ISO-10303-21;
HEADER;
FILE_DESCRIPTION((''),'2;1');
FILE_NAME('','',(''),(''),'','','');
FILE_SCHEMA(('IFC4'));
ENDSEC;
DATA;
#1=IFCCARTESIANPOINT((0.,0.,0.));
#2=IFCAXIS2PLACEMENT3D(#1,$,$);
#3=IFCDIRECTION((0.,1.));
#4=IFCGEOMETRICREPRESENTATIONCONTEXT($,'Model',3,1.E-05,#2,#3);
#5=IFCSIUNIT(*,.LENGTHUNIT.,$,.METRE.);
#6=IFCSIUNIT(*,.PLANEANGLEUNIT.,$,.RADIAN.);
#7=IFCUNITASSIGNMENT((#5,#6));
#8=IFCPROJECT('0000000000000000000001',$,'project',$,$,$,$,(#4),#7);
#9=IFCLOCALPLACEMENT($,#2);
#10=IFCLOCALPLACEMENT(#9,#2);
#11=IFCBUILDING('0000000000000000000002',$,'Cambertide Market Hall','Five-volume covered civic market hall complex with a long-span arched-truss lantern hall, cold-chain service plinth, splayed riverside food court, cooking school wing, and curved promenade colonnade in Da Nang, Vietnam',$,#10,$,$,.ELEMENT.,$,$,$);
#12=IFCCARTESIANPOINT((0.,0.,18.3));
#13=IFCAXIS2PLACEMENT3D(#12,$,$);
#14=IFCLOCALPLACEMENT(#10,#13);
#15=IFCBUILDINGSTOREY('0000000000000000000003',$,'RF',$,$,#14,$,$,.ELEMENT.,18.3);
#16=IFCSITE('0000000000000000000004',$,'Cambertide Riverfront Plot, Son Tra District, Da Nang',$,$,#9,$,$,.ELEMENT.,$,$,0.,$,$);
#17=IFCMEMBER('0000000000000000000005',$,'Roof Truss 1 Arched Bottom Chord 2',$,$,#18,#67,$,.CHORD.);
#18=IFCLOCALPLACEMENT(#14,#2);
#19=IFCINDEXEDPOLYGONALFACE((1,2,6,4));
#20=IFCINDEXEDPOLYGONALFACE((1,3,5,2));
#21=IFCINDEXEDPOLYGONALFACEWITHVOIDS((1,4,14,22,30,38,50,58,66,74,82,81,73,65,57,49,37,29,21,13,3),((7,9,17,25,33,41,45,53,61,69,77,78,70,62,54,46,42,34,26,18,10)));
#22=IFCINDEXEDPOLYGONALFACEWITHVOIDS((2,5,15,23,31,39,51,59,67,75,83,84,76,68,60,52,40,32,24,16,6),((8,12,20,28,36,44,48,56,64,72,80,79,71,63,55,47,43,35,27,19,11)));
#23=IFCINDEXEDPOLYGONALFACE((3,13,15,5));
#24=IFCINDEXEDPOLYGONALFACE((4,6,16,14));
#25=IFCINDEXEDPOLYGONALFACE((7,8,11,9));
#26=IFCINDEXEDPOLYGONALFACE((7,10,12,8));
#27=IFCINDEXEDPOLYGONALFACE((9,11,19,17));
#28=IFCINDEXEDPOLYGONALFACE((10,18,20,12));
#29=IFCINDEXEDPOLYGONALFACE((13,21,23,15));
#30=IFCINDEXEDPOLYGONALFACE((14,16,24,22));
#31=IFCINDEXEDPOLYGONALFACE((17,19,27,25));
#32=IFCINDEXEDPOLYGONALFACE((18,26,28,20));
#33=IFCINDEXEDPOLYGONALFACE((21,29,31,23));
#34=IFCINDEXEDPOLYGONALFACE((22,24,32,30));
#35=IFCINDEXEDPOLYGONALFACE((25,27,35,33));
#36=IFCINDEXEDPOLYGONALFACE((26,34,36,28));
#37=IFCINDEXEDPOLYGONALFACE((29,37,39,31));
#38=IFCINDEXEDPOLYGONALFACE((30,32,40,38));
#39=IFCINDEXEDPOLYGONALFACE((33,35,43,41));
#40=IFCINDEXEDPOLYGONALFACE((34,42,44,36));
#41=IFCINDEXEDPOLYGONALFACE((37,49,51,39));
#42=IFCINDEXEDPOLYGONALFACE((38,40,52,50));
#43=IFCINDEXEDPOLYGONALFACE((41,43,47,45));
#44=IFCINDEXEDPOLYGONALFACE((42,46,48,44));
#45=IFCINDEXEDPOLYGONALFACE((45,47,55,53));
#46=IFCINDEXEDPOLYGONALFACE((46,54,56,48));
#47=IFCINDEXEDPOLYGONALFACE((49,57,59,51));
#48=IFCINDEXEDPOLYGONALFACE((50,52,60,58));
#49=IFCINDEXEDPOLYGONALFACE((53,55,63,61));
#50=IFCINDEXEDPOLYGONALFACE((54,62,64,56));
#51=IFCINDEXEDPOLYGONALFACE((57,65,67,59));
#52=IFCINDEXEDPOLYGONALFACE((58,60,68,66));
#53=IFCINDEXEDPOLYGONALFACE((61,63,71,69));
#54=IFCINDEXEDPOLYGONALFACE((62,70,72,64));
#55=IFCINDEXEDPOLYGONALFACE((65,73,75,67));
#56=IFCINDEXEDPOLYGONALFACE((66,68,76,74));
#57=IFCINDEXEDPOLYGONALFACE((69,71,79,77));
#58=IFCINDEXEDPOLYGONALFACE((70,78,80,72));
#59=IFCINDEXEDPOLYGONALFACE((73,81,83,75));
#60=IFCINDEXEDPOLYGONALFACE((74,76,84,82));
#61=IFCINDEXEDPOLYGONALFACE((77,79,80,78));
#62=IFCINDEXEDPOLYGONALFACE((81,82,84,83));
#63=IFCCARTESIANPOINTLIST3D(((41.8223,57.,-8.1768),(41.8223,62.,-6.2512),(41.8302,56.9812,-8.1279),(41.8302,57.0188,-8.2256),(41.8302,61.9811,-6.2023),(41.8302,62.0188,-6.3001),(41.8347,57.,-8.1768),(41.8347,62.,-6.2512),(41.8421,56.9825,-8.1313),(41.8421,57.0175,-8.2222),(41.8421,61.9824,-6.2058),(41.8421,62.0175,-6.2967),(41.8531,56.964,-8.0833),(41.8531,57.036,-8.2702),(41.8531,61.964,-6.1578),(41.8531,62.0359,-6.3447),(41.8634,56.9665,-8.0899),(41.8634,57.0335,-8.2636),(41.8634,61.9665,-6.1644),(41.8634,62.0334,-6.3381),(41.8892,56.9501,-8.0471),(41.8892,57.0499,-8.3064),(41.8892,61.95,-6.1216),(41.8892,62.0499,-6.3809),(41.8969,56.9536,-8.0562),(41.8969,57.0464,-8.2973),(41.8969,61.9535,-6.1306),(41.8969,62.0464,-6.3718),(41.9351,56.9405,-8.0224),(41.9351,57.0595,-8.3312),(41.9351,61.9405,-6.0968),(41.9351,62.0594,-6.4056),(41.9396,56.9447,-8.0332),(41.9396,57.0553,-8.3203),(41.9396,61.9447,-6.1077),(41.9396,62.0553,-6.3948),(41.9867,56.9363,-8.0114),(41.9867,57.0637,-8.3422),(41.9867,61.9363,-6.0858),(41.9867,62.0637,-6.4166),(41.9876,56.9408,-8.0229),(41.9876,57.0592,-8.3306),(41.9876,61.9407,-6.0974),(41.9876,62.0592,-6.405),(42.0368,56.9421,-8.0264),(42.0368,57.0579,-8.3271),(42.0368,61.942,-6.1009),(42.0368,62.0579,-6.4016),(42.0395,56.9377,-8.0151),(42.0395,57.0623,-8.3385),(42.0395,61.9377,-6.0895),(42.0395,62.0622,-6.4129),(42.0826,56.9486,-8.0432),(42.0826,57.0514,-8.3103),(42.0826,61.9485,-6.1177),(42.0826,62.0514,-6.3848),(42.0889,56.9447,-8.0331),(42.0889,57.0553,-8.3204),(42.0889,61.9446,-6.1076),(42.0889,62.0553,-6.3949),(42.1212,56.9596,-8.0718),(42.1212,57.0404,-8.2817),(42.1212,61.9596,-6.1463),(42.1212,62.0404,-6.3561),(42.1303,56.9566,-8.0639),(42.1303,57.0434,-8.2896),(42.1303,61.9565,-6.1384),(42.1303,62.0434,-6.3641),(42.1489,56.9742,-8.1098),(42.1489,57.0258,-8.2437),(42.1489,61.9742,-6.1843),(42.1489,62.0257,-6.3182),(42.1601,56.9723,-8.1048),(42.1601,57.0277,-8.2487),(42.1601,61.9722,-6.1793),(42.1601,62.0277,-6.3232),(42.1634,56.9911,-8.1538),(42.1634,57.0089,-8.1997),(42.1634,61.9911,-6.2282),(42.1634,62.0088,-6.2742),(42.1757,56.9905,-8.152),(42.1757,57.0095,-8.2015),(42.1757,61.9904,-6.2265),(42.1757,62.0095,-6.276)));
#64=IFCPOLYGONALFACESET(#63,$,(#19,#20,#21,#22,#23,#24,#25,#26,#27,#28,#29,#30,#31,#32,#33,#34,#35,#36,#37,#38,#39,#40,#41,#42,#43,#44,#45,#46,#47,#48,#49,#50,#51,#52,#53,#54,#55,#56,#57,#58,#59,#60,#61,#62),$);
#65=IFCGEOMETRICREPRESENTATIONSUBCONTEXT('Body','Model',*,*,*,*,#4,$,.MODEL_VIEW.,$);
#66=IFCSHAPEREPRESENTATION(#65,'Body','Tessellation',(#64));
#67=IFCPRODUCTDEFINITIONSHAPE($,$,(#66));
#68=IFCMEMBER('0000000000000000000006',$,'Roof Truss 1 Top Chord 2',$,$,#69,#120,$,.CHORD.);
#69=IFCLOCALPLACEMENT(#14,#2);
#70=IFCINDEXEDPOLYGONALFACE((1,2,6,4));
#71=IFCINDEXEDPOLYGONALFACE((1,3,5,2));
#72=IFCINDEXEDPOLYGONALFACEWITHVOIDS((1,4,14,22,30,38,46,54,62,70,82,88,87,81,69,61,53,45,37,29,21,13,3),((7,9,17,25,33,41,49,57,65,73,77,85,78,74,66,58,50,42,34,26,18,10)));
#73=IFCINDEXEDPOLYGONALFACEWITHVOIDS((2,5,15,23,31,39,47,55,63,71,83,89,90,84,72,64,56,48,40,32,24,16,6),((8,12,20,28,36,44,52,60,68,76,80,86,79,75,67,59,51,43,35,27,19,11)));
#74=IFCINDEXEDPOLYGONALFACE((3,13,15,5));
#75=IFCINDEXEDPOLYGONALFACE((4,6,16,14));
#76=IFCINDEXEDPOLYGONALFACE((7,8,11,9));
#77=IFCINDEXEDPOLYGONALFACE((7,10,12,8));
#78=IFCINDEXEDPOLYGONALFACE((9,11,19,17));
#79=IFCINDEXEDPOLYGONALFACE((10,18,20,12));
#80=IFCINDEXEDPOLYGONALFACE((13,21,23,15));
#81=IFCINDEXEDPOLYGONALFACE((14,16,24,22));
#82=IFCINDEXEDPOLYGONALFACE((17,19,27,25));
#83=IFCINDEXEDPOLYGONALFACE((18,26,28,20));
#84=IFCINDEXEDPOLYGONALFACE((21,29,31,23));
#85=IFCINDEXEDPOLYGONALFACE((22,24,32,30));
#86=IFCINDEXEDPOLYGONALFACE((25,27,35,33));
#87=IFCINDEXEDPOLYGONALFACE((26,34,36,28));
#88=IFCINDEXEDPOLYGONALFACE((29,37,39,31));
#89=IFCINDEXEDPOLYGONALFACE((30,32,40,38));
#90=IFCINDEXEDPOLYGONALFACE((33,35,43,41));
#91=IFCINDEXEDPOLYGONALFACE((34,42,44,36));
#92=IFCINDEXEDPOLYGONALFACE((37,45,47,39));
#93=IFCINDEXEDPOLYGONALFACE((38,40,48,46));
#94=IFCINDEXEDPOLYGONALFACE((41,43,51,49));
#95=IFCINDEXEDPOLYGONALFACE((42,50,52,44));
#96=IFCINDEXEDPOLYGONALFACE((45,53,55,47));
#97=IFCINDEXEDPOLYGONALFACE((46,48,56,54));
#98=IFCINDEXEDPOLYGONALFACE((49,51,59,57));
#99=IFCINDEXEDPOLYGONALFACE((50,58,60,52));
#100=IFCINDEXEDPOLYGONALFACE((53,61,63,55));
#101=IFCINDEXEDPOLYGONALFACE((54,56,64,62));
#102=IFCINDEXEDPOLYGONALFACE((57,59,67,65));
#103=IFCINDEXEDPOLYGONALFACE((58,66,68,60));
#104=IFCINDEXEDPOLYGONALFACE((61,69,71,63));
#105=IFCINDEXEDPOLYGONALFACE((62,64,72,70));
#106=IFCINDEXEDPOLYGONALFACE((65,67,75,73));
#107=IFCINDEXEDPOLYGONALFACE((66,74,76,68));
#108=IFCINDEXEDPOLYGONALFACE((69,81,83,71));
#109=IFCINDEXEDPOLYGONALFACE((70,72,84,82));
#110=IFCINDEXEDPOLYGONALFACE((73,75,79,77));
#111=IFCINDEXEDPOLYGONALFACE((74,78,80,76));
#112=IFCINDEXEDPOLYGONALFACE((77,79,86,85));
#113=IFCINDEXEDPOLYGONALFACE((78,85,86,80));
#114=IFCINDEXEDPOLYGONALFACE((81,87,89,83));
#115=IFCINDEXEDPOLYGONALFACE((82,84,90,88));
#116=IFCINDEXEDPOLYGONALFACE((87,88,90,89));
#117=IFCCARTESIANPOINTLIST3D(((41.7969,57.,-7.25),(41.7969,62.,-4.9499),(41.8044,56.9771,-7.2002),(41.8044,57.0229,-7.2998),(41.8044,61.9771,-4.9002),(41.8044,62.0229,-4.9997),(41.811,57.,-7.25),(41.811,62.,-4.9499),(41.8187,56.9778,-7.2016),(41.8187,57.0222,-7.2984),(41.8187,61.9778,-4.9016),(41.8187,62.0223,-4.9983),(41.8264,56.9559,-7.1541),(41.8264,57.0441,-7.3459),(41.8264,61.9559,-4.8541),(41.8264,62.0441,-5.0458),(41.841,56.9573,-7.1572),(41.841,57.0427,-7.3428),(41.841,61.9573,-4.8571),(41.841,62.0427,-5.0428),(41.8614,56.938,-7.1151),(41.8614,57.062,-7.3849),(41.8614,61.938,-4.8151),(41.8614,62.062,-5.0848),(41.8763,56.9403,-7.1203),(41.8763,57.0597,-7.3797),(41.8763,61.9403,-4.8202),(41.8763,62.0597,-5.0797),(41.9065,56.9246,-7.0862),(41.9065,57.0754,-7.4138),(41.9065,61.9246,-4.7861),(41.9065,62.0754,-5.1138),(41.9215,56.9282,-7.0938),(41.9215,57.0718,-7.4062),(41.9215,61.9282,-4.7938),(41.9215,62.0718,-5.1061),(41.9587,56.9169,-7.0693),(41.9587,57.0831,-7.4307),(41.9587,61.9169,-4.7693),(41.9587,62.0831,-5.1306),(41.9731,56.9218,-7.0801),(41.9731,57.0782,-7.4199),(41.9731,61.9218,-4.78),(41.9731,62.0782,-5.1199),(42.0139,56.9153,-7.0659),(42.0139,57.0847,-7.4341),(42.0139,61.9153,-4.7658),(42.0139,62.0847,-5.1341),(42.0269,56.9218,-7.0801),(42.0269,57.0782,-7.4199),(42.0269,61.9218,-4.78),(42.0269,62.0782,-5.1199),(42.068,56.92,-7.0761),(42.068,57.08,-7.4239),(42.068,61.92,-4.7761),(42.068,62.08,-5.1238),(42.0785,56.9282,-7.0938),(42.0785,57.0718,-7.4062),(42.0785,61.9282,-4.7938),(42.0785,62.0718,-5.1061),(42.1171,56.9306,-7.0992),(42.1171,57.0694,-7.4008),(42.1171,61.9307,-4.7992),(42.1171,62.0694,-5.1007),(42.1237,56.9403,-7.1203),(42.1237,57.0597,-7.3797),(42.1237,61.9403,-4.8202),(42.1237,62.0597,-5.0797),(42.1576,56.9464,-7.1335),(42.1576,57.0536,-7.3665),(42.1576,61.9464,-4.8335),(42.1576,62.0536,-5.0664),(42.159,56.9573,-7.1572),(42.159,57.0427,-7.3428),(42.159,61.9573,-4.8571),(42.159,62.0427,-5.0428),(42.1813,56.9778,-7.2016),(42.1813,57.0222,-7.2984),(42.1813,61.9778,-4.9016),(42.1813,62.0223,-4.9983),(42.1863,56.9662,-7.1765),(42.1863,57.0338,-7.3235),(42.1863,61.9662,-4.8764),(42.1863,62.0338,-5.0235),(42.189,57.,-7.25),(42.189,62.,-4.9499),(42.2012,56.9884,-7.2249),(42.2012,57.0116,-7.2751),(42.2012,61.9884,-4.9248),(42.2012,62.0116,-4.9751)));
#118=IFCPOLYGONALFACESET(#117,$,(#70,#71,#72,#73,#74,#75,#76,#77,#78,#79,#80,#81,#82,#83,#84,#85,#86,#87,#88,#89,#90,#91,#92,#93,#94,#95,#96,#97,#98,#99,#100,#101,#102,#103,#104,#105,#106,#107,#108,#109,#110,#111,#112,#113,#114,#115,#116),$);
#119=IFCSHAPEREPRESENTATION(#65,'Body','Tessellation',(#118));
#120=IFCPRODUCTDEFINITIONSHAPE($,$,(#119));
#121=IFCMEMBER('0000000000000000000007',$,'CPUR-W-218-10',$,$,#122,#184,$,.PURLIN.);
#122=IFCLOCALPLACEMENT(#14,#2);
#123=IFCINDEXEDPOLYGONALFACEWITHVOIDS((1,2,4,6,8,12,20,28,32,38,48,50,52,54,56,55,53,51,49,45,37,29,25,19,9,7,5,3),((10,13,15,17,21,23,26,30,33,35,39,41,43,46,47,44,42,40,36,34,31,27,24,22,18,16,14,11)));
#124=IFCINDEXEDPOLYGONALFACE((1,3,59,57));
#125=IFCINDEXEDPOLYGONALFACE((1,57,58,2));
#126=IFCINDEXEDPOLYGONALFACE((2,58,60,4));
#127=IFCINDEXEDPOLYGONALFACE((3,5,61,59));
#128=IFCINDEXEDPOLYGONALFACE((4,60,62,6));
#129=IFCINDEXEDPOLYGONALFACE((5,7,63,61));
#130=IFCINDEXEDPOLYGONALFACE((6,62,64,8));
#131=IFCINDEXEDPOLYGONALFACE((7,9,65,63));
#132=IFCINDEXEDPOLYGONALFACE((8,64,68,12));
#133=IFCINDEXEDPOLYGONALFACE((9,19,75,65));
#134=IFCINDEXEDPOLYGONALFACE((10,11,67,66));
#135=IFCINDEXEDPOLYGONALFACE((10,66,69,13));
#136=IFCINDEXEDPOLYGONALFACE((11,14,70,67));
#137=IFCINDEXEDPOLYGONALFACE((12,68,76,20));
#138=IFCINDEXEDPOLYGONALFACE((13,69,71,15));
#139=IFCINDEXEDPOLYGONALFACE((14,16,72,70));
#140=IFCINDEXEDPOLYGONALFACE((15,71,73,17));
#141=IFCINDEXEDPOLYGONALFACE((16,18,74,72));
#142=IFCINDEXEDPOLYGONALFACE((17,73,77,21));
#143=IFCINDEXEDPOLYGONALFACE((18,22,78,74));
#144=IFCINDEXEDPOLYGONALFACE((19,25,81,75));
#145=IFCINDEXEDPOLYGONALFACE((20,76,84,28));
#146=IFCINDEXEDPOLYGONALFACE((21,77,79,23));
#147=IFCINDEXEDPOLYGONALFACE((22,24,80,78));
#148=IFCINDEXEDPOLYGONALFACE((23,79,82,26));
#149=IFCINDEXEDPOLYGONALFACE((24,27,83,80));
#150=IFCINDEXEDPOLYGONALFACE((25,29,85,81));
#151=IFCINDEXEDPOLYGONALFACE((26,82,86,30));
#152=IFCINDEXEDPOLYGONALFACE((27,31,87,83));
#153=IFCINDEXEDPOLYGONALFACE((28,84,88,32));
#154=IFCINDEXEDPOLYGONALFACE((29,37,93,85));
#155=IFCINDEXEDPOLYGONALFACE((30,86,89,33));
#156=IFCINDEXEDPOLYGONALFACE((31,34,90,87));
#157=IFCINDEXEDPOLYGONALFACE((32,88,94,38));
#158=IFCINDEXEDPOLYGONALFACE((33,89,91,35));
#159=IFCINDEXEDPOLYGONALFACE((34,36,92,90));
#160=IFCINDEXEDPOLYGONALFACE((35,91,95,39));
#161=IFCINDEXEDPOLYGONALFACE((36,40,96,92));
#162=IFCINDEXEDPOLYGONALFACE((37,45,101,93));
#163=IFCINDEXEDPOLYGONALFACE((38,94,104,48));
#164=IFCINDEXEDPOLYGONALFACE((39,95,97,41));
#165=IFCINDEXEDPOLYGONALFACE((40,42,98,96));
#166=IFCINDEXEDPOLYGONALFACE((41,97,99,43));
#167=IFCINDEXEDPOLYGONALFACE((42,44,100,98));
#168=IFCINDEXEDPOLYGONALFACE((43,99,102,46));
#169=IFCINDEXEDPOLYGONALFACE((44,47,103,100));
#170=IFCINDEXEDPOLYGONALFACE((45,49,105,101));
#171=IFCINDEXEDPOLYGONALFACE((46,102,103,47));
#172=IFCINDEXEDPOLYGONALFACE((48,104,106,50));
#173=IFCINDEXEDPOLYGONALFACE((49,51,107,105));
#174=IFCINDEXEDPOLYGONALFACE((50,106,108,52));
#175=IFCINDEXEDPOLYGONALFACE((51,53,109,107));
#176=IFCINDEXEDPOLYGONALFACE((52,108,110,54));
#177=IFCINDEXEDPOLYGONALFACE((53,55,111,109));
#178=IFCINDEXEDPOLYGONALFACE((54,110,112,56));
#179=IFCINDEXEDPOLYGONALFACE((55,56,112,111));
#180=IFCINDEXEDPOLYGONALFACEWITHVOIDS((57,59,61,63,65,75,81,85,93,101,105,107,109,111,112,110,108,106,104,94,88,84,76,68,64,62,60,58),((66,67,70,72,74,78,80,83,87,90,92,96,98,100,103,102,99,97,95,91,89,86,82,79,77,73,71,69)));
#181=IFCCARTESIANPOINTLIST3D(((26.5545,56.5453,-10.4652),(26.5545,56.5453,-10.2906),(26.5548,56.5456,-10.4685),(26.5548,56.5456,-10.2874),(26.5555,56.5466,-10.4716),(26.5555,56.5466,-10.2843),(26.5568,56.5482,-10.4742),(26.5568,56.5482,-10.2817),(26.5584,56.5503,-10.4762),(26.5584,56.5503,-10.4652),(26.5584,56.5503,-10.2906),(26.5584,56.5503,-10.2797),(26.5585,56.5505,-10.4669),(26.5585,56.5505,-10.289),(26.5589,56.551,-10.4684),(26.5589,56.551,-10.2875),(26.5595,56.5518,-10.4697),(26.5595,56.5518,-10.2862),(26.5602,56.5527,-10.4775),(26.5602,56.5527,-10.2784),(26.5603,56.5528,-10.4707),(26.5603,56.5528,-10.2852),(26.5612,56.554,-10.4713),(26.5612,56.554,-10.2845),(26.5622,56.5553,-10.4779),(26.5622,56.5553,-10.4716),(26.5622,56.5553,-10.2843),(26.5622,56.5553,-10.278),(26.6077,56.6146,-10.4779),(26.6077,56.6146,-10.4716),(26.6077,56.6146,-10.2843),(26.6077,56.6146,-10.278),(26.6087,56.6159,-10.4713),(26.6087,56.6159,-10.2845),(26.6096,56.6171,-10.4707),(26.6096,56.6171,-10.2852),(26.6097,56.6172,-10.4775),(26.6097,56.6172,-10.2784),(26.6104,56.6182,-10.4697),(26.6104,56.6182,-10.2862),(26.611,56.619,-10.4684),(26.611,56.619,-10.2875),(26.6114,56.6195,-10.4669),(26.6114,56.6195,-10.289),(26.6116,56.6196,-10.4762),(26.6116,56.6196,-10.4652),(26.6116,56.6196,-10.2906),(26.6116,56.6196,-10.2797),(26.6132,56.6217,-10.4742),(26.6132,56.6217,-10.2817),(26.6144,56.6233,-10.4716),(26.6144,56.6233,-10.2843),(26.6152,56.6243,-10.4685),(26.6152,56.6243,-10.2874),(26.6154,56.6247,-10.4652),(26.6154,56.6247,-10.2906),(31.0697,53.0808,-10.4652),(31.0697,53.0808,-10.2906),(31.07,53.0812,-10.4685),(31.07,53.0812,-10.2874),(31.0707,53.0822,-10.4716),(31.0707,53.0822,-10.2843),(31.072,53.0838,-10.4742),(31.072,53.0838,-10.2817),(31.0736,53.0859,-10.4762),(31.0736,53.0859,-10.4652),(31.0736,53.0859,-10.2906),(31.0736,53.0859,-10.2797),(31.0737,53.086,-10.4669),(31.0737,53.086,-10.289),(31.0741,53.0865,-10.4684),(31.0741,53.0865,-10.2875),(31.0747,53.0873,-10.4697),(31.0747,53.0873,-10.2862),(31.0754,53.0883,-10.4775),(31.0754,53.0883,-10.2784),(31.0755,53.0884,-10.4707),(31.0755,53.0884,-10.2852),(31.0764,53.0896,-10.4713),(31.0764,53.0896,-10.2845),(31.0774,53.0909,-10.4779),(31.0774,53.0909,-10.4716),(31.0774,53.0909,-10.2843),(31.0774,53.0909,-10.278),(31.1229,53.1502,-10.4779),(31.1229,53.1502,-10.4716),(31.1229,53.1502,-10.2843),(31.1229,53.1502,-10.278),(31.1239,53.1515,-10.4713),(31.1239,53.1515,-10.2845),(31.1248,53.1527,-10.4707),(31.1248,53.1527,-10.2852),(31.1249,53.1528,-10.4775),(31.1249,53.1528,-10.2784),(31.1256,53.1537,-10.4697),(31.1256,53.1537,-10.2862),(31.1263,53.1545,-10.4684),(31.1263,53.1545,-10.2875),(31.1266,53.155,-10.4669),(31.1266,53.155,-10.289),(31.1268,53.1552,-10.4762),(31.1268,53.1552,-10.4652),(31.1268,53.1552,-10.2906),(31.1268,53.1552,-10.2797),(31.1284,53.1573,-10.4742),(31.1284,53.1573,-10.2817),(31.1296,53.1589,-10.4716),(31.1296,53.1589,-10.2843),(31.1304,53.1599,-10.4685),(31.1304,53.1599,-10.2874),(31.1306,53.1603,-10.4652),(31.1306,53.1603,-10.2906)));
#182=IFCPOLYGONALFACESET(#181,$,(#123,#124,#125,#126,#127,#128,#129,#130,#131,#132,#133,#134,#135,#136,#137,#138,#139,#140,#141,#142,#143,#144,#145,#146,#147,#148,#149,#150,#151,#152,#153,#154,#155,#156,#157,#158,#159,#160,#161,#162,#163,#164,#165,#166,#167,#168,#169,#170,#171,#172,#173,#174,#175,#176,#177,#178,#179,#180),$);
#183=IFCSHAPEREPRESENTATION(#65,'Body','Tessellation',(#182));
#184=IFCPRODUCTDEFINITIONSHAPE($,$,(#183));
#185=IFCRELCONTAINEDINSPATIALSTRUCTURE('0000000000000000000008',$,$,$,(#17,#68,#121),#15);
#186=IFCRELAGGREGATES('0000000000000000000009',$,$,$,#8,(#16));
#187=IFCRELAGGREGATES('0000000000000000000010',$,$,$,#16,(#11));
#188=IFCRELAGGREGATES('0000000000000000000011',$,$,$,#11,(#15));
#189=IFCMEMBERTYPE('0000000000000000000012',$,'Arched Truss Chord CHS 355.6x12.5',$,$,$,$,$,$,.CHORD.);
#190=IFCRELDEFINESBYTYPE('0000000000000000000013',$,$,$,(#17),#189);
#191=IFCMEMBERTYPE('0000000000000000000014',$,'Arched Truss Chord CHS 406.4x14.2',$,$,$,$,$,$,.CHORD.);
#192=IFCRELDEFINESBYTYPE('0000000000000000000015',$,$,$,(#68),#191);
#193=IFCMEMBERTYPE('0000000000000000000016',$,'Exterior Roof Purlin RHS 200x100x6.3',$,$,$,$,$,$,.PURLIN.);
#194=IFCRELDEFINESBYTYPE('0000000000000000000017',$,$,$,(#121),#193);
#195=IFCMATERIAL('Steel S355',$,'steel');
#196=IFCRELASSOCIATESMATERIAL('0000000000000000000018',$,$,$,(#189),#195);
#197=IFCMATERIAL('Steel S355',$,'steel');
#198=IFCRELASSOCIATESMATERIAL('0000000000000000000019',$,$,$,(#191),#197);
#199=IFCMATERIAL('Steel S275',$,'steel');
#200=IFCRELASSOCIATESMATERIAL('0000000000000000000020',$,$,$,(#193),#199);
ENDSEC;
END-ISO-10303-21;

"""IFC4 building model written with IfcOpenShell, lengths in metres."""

from ifc_helpers import new_model, si_unit, direction, frame, origin, origin_2d, place, context, subcontext, project, spatial, hollow_rectangle, hollow_circle, extrude, material, material_profile, profile_set, type_object, element, save


model = new_model("IFC4")

# Units and contexts
model_context = context("Model", 3, precision=1e-05, world=origin(), true_north=direction((0.0, 1.0)))
body_context = subcontext(model_context, "Body", "Model", "MODEL_VIEW")
ifc_project = project(units=[si_unit("LENGTHUNIT", "METRE"), si_unit("PLANEANGLEUNIT", "RADIAN")], contexts=[model_context])

# Site, building, storey
site_placement = place(None, origin())
site = spatial("IfcSite", under=ifc_project, at=site_placement, Name="Cambertide Riverfront Plot, Son Tra District, Da Nang", CompositionType="ELEMENT", RefElevation=0.0)
building_placement = place(site_placement, origin())
building = spatial("IfcBuilding", under=site, at=building_placement, Name="Cambertide Market Hall", Description="Five-volume covered civic market hall complex with a long-span arched-truss lantern hall, cold-chain service plinth, splayed riverside food court, cooking school wing, and curved promenade colonnade in Da Nang, Vietnam", CompositionType="ELEMENT")
storey_placement = place(building_placement, frame((0.0, 0.0, 18.3)))
storey = spatial("IfcBuildingStorey", under=building, at=storey_placement, Name="RF", CompositionType="ELEMENT", Elevation=18.3)

# Members
ifc_material_1 = material(Name="Steel S355", Category="steel")
ifc_material_profile_1 = material_profile(ifc_material_1, hollow_circle(Radius=0.1777, WallThickness=0.0125, at=origin_2d()), Name="CHS 355.6x12.5")
ifc_profile_set_1 = profile_set([ifc_material_profile_1], Name="Steel S355")
member_type_1 = type_object("IfcMemberType", Name="Arched Truss Chord CHS 355.6x12.5", PredefinedType="CHORD", material=ifc_profile_set_1)
member_1_placement = place(storey_placement, frame((42.0, 57.0, -8.1768), z_axis=(0.0, 0.933192, 0.359379), x_axis=(-1.0, 0.0, 0.0)))
element("IfcMember", 1, at=member_1_placement, inside=storey, type_object=member_type_1, Name="Roof Truss 1 Arched Bottom Chord 2", PredefinedType="CHORD", context=body_context, shape_type="SweptSolid", body=[
    extrude(hollow_circle(Radius=0.1777, WallThickness=0.0125, at=origin_2d()), origin(), (0.0, 0.0, 1.0), 5.3579),
])
ifc_material_2 = material(Name="Steel S355", Category="steel")
ifc_material_profile_2 = material_profile(ifc_material_2, hollow_circle(Radius=0.2031, WallThickness=0.0142, at=origin_2d()), Name="CHS 406.4x14.2")
ifc_profile_set_2 = profile_set([ifc_material_profile_2], Name="Steel S355")
member_type_2 = type_object("IfcMemberType", Name="Arched Truss Chord CHS 406.4x14.2", PredefinedType="CHORD", material=ifc_profile_set_2)
member_2_placement = place(storey_placement, frame((42.0, 57.0, -7.25), z_axis=(0.0, 0.908487, 0.417913), x_axis=(-1.0, 0.0, 0.0)))
element("IfcMember", 2, at=member_2_placement, inside=storey, type_object=member_type_2, Name="Roof Truss 1 Top Chord 2", PredefinedType="CHORD", context=body_context, shape_type="SweptSolid", body=[
    extrude(hollow_circle(Radius=0.2031, WallThickness=0.0142, at=origin_2d()), origin(), (0.0, 0.0, 1.0), 5.5037),
])
ifc_material_3 = material(Name="Steel S275", Category="steel")
ifc_material_profile_3 = material_profile(ifc_material_3, hollow_rectangle(XDim=0.1001, YDim=0.2, WallThickness=0.0063, InnerFilletRadius=0.0063, OuterFilletRadius=0.0127, at=origin_2d()), Name="RHS 200x100x6.3")
ifc_profile_set_3 = profile_set([ifc_material_profile_3], Name="Steel S275")
member_type_3 = type_object("IfcMemberType", Name="Exterior Roof Purlin RHS 200x100x6.3", PredefinedType="PURLIN", material=ifc_profile_set_3)
member_3_placement = place(storey_placement, frame((26.585, 56.585, -10.3779), z_axis=(0.793373, -0.608736, 0.0), x_axis=(0.608736, 0.793373, 0.0)))
element("IfcMember", 3, at=member_3_placement, inside=storey, type_object=member_type_3, Name="CPUR-W-218-10", PredefinedType="PURLIN", context=body_context, shape_type="SweptSolid", body=[
    extrude(hollow_rectangle(XDim=0.1001, YDim=0.2, WallThickness=0.0063, InnerFilletRadius=0.0063, OuterFilletRadius=0.0127, at=origin_2d()), origin(), (0.0, 0.0, 1.0), 5.6912),
])

save(model, "model.ifc")
